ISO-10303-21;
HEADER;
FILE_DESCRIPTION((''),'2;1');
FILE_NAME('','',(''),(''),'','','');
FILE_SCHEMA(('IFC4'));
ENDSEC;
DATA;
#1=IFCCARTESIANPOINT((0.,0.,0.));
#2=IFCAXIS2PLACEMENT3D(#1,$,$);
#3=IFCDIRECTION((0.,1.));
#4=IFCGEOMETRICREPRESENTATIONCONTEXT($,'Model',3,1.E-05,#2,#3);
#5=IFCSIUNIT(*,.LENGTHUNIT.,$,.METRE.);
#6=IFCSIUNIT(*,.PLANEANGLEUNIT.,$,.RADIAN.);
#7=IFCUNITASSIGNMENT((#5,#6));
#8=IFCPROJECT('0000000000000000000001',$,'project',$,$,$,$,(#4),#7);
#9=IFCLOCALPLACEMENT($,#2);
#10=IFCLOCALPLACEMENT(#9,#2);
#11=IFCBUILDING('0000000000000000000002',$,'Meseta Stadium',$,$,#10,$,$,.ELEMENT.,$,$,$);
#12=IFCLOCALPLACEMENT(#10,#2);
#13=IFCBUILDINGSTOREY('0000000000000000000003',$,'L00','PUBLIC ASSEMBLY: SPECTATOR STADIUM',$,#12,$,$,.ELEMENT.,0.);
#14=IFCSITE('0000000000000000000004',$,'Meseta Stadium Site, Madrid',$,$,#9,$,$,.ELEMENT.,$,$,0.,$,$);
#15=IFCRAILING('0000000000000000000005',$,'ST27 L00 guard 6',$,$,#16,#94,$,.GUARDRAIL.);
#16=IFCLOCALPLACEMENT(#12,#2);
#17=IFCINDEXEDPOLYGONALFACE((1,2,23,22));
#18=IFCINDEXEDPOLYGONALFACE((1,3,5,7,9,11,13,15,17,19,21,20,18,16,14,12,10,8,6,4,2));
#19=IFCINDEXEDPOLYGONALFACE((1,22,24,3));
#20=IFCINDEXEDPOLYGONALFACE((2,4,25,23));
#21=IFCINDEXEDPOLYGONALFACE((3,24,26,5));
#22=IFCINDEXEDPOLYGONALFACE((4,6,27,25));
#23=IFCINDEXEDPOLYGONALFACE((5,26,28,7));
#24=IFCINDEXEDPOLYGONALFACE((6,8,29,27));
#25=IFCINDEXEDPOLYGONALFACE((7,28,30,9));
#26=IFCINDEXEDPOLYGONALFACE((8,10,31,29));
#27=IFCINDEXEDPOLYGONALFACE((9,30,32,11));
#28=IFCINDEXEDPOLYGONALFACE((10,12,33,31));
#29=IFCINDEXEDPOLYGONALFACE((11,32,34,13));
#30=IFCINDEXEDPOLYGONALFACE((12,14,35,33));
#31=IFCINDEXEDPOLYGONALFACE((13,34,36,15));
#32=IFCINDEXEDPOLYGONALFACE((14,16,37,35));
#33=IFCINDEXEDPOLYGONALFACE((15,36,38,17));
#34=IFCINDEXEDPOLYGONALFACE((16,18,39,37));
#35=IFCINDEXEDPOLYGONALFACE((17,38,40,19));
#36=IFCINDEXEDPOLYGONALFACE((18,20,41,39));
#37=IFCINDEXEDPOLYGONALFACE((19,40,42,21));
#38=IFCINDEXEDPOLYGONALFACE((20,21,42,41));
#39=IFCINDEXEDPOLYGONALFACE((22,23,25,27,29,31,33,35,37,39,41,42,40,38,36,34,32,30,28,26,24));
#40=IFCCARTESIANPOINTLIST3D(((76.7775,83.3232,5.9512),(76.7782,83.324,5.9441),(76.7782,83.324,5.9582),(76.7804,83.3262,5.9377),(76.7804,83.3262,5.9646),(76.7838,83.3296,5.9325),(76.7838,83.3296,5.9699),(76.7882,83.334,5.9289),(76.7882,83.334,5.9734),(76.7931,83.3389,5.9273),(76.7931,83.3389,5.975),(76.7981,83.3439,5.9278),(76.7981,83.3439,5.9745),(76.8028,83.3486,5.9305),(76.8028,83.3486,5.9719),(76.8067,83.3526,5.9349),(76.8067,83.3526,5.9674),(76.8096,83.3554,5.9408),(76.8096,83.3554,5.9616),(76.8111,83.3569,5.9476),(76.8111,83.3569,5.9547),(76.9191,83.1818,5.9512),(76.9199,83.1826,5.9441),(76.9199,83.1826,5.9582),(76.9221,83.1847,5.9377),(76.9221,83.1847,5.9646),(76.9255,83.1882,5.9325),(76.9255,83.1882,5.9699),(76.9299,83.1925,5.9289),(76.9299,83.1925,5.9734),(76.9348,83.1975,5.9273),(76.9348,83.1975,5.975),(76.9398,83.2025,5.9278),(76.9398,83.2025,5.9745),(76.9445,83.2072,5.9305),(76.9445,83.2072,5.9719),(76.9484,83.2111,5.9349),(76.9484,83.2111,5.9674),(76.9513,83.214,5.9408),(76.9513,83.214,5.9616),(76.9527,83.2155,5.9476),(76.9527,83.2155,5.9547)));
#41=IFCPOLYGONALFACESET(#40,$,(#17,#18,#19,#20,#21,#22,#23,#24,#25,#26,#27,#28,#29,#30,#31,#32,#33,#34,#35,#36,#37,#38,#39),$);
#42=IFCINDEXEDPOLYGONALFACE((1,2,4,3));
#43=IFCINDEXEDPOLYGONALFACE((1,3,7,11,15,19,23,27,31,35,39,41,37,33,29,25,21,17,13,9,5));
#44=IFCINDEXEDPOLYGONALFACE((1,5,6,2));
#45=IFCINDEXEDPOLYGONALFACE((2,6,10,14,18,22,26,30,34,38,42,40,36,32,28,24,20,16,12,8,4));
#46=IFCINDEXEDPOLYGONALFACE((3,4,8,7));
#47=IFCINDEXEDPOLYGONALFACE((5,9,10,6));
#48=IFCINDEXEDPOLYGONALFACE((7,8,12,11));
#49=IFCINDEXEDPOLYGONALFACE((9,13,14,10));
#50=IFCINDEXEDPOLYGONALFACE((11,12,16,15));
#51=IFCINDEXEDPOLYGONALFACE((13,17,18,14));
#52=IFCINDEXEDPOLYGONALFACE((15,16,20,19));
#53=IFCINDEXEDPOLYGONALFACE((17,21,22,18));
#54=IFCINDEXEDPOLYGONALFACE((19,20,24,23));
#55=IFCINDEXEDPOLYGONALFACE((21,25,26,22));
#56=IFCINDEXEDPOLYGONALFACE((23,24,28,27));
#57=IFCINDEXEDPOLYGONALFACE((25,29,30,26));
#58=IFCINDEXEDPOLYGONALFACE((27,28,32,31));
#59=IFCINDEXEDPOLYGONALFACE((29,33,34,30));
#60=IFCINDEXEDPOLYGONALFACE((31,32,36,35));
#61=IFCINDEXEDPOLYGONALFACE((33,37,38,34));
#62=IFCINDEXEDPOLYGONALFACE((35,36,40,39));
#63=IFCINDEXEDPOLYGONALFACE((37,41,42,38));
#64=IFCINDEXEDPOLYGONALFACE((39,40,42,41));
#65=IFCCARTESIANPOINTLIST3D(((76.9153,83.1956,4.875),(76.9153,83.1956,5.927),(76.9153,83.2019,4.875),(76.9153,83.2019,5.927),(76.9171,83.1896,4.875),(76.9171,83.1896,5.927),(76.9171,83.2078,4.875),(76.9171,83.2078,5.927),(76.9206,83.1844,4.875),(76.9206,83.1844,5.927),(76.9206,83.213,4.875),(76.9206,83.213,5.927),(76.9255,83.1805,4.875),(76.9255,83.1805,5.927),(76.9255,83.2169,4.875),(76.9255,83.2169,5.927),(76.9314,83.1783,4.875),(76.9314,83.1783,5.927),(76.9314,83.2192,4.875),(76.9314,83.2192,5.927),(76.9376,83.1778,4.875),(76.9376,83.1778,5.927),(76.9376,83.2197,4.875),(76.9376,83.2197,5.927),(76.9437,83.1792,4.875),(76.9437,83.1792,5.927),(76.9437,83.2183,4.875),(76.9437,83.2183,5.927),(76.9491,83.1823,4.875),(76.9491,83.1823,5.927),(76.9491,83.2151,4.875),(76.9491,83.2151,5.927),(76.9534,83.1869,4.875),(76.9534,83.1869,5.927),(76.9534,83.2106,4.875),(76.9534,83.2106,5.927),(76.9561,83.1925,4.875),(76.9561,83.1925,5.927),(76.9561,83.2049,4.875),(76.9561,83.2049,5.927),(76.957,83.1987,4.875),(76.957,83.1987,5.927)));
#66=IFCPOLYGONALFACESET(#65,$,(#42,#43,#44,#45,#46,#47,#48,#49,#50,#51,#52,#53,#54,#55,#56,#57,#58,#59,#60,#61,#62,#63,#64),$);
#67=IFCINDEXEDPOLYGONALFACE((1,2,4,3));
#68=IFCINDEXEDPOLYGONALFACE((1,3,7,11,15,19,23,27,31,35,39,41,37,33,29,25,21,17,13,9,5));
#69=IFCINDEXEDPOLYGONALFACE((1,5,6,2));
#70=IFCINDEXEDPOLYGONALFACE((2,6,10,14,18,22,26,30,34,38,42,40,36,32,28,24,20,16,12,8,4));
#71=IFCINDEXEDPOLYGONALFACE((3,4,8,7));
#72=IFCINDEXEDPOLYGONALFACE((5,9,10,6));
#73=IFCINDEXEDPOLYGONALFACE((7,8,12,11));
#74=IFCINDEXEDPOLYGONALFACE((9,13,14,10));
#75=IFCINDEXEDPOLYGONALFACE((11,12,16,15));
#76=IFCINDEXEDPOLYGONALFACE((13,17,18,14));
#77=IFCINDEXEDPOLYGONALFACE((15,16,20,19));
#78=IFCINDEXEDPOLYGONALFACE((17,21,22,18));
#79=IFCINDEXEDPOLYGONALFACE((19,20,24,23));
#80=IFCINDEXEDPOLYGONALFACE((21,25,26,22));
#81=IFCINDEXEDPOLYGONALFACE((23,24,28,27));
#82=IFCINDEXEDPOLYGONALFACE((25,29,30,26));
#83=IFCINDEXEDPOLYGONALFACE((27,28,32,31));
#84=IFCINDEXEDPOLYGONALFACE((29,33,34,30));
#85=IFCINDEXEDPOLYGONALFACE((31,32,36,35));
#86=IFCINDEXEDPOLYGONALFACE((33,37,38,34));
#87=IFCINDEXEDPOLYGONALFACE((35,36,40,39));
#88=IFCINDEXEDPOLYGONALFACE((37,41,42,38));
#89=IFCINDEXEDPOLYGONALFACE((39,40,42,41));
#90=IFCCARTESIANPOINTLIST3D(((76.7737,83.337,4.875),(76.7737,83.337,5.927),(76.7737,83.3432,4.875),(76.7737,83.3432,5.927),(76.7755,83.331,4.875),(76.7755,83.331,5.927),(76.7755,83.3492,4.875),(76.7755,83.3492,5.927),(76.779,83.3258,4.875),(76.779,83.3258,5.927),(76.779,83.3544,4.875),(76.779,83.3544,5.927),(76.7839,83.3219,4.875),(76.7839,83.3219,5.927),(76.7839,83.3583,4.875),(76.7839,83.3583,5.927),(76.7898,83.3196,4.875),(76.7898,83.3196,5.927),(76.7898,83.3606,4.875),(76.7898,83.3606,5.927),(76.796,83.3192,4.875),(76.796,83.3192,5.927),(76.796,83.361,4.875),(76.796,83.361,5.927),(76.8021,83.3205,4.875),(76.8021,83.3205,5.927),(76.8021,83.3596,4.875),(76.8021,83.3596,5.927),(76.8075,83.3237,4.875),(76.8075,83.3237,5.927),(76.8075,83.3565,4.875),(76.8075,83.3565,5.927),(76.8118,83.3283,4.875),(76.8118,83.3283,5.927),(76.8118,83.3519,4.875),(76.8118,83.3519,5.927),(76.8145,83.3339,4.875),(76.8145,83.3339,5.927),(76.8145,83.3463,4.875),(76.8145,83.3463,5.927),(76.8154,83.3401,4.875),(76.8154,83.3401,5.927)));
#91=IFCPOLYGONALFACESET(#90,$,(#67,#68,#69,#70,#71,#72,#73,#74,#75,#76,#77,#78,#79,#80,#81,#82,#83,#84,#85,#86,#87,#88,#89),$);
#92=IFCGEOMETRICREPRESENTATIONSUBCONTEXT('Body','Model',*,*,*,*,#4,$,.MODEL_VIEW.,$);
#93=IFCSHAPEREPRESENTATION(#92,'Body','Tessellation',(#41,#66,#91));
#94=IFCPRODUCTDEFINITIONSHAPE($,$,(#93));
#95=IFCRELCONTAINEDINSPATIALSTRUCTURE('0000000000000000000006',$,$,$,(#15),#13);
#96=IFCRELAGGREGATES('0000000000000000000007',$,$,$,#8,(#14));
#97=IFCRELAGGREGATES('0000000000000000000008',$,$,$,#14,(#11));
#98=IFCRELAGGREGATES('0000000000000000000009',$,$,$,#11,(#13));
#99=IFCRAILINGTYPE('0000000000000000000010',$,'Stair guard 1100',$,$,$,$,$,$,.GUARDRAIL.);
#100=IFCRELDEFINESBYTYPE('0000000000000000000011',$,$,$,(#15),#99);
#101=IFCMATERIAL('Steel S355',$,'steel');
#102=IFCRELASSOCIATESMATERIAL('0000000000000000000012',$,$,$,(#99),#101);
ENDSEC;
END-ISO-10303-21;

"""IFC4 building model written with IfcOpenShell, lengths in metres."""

from ifc_helpers import new_model, si_unit, direction, frame, origin, origin_2d, place, context, subcontext, project, spatial, circle, extrude, material, type_object, element, save


model = new_model("IFC4")

# Units and contexts
model_context = context("Model", 3, precision=1e-05, world=origin(), true_north=direction((0.0, 1.0)))
body_context = subcontext(model_context, "Body", "Model", "MODEL_VIEW")
ifc_project = project(units=[si_unit("LENGTHUNIT", "METRE"), si_unit("PLANEANGLEUNIT", "RADIAN")], contexts=[model_context])

# Site, building, storey
site_placement = place(None, origin())
site = spatial("IfcSite", under=ifc_project, at=site_placement, Name="Meseta Stadium Site, Madrid", CompositionType="ELEMENT", RefElevation=0.0)
building_placement = place(site_placement, origin())
building = spatial("IfcBuilding", under=site, at=building_placement, Name="Meseta Stadium", CompositionType="ELEMENT")
storey_placement = place(building_placement, origin())
storey = spatial("IfcBuildingStorey", under=building, at=storey_placement, Name="L00", Description="PUBLIC ASSEMBLY: SPECTATOR STADIUM", CompositionType="ELEMENT", Elevation=0.0)

# Railing
ifc_material_1 = material(Name="Steel S355", Category="steel")
railing_type_1 = type_object("IfcRailingType", Name="Stair guard 1100", PredefinedType="GUARDRAIL", material=ifc_material_1)
railing_1_placement = place(storey_placement, frame((76.936, 83.1987, 4.875)))
element("IfcRailing", 1, at=railing_1_placement, inside=storey, type_object=railing_type_1, Name="ST27 L00 guard 6", PredefinedType="GUARDRAIL", context=body_context, shape_type="SweptSolid", body=[
    extrude(circle(Radius=0.0239, at=origin_2d()), frame((0.0, 0.0, 1.0762), z_axis=(-0.707717, 0.706496, 0.0), x_axis=(-0.706496, -0.707717, 0.0)), (0.0, 0.0, 1.0), 0.2002),
    extrude(circle(Radius=0.021, at=origin_2d()), origin(), (0.0, 0.0, 1.0), 1.052),
    extrude(circle(Radius=0.021, at=origin_2d()), frame((-0.1416, 0.1414, 0.0)), (0.0, 0.0, 1.0), 1.052),
])

save(model, "model.ifc")
